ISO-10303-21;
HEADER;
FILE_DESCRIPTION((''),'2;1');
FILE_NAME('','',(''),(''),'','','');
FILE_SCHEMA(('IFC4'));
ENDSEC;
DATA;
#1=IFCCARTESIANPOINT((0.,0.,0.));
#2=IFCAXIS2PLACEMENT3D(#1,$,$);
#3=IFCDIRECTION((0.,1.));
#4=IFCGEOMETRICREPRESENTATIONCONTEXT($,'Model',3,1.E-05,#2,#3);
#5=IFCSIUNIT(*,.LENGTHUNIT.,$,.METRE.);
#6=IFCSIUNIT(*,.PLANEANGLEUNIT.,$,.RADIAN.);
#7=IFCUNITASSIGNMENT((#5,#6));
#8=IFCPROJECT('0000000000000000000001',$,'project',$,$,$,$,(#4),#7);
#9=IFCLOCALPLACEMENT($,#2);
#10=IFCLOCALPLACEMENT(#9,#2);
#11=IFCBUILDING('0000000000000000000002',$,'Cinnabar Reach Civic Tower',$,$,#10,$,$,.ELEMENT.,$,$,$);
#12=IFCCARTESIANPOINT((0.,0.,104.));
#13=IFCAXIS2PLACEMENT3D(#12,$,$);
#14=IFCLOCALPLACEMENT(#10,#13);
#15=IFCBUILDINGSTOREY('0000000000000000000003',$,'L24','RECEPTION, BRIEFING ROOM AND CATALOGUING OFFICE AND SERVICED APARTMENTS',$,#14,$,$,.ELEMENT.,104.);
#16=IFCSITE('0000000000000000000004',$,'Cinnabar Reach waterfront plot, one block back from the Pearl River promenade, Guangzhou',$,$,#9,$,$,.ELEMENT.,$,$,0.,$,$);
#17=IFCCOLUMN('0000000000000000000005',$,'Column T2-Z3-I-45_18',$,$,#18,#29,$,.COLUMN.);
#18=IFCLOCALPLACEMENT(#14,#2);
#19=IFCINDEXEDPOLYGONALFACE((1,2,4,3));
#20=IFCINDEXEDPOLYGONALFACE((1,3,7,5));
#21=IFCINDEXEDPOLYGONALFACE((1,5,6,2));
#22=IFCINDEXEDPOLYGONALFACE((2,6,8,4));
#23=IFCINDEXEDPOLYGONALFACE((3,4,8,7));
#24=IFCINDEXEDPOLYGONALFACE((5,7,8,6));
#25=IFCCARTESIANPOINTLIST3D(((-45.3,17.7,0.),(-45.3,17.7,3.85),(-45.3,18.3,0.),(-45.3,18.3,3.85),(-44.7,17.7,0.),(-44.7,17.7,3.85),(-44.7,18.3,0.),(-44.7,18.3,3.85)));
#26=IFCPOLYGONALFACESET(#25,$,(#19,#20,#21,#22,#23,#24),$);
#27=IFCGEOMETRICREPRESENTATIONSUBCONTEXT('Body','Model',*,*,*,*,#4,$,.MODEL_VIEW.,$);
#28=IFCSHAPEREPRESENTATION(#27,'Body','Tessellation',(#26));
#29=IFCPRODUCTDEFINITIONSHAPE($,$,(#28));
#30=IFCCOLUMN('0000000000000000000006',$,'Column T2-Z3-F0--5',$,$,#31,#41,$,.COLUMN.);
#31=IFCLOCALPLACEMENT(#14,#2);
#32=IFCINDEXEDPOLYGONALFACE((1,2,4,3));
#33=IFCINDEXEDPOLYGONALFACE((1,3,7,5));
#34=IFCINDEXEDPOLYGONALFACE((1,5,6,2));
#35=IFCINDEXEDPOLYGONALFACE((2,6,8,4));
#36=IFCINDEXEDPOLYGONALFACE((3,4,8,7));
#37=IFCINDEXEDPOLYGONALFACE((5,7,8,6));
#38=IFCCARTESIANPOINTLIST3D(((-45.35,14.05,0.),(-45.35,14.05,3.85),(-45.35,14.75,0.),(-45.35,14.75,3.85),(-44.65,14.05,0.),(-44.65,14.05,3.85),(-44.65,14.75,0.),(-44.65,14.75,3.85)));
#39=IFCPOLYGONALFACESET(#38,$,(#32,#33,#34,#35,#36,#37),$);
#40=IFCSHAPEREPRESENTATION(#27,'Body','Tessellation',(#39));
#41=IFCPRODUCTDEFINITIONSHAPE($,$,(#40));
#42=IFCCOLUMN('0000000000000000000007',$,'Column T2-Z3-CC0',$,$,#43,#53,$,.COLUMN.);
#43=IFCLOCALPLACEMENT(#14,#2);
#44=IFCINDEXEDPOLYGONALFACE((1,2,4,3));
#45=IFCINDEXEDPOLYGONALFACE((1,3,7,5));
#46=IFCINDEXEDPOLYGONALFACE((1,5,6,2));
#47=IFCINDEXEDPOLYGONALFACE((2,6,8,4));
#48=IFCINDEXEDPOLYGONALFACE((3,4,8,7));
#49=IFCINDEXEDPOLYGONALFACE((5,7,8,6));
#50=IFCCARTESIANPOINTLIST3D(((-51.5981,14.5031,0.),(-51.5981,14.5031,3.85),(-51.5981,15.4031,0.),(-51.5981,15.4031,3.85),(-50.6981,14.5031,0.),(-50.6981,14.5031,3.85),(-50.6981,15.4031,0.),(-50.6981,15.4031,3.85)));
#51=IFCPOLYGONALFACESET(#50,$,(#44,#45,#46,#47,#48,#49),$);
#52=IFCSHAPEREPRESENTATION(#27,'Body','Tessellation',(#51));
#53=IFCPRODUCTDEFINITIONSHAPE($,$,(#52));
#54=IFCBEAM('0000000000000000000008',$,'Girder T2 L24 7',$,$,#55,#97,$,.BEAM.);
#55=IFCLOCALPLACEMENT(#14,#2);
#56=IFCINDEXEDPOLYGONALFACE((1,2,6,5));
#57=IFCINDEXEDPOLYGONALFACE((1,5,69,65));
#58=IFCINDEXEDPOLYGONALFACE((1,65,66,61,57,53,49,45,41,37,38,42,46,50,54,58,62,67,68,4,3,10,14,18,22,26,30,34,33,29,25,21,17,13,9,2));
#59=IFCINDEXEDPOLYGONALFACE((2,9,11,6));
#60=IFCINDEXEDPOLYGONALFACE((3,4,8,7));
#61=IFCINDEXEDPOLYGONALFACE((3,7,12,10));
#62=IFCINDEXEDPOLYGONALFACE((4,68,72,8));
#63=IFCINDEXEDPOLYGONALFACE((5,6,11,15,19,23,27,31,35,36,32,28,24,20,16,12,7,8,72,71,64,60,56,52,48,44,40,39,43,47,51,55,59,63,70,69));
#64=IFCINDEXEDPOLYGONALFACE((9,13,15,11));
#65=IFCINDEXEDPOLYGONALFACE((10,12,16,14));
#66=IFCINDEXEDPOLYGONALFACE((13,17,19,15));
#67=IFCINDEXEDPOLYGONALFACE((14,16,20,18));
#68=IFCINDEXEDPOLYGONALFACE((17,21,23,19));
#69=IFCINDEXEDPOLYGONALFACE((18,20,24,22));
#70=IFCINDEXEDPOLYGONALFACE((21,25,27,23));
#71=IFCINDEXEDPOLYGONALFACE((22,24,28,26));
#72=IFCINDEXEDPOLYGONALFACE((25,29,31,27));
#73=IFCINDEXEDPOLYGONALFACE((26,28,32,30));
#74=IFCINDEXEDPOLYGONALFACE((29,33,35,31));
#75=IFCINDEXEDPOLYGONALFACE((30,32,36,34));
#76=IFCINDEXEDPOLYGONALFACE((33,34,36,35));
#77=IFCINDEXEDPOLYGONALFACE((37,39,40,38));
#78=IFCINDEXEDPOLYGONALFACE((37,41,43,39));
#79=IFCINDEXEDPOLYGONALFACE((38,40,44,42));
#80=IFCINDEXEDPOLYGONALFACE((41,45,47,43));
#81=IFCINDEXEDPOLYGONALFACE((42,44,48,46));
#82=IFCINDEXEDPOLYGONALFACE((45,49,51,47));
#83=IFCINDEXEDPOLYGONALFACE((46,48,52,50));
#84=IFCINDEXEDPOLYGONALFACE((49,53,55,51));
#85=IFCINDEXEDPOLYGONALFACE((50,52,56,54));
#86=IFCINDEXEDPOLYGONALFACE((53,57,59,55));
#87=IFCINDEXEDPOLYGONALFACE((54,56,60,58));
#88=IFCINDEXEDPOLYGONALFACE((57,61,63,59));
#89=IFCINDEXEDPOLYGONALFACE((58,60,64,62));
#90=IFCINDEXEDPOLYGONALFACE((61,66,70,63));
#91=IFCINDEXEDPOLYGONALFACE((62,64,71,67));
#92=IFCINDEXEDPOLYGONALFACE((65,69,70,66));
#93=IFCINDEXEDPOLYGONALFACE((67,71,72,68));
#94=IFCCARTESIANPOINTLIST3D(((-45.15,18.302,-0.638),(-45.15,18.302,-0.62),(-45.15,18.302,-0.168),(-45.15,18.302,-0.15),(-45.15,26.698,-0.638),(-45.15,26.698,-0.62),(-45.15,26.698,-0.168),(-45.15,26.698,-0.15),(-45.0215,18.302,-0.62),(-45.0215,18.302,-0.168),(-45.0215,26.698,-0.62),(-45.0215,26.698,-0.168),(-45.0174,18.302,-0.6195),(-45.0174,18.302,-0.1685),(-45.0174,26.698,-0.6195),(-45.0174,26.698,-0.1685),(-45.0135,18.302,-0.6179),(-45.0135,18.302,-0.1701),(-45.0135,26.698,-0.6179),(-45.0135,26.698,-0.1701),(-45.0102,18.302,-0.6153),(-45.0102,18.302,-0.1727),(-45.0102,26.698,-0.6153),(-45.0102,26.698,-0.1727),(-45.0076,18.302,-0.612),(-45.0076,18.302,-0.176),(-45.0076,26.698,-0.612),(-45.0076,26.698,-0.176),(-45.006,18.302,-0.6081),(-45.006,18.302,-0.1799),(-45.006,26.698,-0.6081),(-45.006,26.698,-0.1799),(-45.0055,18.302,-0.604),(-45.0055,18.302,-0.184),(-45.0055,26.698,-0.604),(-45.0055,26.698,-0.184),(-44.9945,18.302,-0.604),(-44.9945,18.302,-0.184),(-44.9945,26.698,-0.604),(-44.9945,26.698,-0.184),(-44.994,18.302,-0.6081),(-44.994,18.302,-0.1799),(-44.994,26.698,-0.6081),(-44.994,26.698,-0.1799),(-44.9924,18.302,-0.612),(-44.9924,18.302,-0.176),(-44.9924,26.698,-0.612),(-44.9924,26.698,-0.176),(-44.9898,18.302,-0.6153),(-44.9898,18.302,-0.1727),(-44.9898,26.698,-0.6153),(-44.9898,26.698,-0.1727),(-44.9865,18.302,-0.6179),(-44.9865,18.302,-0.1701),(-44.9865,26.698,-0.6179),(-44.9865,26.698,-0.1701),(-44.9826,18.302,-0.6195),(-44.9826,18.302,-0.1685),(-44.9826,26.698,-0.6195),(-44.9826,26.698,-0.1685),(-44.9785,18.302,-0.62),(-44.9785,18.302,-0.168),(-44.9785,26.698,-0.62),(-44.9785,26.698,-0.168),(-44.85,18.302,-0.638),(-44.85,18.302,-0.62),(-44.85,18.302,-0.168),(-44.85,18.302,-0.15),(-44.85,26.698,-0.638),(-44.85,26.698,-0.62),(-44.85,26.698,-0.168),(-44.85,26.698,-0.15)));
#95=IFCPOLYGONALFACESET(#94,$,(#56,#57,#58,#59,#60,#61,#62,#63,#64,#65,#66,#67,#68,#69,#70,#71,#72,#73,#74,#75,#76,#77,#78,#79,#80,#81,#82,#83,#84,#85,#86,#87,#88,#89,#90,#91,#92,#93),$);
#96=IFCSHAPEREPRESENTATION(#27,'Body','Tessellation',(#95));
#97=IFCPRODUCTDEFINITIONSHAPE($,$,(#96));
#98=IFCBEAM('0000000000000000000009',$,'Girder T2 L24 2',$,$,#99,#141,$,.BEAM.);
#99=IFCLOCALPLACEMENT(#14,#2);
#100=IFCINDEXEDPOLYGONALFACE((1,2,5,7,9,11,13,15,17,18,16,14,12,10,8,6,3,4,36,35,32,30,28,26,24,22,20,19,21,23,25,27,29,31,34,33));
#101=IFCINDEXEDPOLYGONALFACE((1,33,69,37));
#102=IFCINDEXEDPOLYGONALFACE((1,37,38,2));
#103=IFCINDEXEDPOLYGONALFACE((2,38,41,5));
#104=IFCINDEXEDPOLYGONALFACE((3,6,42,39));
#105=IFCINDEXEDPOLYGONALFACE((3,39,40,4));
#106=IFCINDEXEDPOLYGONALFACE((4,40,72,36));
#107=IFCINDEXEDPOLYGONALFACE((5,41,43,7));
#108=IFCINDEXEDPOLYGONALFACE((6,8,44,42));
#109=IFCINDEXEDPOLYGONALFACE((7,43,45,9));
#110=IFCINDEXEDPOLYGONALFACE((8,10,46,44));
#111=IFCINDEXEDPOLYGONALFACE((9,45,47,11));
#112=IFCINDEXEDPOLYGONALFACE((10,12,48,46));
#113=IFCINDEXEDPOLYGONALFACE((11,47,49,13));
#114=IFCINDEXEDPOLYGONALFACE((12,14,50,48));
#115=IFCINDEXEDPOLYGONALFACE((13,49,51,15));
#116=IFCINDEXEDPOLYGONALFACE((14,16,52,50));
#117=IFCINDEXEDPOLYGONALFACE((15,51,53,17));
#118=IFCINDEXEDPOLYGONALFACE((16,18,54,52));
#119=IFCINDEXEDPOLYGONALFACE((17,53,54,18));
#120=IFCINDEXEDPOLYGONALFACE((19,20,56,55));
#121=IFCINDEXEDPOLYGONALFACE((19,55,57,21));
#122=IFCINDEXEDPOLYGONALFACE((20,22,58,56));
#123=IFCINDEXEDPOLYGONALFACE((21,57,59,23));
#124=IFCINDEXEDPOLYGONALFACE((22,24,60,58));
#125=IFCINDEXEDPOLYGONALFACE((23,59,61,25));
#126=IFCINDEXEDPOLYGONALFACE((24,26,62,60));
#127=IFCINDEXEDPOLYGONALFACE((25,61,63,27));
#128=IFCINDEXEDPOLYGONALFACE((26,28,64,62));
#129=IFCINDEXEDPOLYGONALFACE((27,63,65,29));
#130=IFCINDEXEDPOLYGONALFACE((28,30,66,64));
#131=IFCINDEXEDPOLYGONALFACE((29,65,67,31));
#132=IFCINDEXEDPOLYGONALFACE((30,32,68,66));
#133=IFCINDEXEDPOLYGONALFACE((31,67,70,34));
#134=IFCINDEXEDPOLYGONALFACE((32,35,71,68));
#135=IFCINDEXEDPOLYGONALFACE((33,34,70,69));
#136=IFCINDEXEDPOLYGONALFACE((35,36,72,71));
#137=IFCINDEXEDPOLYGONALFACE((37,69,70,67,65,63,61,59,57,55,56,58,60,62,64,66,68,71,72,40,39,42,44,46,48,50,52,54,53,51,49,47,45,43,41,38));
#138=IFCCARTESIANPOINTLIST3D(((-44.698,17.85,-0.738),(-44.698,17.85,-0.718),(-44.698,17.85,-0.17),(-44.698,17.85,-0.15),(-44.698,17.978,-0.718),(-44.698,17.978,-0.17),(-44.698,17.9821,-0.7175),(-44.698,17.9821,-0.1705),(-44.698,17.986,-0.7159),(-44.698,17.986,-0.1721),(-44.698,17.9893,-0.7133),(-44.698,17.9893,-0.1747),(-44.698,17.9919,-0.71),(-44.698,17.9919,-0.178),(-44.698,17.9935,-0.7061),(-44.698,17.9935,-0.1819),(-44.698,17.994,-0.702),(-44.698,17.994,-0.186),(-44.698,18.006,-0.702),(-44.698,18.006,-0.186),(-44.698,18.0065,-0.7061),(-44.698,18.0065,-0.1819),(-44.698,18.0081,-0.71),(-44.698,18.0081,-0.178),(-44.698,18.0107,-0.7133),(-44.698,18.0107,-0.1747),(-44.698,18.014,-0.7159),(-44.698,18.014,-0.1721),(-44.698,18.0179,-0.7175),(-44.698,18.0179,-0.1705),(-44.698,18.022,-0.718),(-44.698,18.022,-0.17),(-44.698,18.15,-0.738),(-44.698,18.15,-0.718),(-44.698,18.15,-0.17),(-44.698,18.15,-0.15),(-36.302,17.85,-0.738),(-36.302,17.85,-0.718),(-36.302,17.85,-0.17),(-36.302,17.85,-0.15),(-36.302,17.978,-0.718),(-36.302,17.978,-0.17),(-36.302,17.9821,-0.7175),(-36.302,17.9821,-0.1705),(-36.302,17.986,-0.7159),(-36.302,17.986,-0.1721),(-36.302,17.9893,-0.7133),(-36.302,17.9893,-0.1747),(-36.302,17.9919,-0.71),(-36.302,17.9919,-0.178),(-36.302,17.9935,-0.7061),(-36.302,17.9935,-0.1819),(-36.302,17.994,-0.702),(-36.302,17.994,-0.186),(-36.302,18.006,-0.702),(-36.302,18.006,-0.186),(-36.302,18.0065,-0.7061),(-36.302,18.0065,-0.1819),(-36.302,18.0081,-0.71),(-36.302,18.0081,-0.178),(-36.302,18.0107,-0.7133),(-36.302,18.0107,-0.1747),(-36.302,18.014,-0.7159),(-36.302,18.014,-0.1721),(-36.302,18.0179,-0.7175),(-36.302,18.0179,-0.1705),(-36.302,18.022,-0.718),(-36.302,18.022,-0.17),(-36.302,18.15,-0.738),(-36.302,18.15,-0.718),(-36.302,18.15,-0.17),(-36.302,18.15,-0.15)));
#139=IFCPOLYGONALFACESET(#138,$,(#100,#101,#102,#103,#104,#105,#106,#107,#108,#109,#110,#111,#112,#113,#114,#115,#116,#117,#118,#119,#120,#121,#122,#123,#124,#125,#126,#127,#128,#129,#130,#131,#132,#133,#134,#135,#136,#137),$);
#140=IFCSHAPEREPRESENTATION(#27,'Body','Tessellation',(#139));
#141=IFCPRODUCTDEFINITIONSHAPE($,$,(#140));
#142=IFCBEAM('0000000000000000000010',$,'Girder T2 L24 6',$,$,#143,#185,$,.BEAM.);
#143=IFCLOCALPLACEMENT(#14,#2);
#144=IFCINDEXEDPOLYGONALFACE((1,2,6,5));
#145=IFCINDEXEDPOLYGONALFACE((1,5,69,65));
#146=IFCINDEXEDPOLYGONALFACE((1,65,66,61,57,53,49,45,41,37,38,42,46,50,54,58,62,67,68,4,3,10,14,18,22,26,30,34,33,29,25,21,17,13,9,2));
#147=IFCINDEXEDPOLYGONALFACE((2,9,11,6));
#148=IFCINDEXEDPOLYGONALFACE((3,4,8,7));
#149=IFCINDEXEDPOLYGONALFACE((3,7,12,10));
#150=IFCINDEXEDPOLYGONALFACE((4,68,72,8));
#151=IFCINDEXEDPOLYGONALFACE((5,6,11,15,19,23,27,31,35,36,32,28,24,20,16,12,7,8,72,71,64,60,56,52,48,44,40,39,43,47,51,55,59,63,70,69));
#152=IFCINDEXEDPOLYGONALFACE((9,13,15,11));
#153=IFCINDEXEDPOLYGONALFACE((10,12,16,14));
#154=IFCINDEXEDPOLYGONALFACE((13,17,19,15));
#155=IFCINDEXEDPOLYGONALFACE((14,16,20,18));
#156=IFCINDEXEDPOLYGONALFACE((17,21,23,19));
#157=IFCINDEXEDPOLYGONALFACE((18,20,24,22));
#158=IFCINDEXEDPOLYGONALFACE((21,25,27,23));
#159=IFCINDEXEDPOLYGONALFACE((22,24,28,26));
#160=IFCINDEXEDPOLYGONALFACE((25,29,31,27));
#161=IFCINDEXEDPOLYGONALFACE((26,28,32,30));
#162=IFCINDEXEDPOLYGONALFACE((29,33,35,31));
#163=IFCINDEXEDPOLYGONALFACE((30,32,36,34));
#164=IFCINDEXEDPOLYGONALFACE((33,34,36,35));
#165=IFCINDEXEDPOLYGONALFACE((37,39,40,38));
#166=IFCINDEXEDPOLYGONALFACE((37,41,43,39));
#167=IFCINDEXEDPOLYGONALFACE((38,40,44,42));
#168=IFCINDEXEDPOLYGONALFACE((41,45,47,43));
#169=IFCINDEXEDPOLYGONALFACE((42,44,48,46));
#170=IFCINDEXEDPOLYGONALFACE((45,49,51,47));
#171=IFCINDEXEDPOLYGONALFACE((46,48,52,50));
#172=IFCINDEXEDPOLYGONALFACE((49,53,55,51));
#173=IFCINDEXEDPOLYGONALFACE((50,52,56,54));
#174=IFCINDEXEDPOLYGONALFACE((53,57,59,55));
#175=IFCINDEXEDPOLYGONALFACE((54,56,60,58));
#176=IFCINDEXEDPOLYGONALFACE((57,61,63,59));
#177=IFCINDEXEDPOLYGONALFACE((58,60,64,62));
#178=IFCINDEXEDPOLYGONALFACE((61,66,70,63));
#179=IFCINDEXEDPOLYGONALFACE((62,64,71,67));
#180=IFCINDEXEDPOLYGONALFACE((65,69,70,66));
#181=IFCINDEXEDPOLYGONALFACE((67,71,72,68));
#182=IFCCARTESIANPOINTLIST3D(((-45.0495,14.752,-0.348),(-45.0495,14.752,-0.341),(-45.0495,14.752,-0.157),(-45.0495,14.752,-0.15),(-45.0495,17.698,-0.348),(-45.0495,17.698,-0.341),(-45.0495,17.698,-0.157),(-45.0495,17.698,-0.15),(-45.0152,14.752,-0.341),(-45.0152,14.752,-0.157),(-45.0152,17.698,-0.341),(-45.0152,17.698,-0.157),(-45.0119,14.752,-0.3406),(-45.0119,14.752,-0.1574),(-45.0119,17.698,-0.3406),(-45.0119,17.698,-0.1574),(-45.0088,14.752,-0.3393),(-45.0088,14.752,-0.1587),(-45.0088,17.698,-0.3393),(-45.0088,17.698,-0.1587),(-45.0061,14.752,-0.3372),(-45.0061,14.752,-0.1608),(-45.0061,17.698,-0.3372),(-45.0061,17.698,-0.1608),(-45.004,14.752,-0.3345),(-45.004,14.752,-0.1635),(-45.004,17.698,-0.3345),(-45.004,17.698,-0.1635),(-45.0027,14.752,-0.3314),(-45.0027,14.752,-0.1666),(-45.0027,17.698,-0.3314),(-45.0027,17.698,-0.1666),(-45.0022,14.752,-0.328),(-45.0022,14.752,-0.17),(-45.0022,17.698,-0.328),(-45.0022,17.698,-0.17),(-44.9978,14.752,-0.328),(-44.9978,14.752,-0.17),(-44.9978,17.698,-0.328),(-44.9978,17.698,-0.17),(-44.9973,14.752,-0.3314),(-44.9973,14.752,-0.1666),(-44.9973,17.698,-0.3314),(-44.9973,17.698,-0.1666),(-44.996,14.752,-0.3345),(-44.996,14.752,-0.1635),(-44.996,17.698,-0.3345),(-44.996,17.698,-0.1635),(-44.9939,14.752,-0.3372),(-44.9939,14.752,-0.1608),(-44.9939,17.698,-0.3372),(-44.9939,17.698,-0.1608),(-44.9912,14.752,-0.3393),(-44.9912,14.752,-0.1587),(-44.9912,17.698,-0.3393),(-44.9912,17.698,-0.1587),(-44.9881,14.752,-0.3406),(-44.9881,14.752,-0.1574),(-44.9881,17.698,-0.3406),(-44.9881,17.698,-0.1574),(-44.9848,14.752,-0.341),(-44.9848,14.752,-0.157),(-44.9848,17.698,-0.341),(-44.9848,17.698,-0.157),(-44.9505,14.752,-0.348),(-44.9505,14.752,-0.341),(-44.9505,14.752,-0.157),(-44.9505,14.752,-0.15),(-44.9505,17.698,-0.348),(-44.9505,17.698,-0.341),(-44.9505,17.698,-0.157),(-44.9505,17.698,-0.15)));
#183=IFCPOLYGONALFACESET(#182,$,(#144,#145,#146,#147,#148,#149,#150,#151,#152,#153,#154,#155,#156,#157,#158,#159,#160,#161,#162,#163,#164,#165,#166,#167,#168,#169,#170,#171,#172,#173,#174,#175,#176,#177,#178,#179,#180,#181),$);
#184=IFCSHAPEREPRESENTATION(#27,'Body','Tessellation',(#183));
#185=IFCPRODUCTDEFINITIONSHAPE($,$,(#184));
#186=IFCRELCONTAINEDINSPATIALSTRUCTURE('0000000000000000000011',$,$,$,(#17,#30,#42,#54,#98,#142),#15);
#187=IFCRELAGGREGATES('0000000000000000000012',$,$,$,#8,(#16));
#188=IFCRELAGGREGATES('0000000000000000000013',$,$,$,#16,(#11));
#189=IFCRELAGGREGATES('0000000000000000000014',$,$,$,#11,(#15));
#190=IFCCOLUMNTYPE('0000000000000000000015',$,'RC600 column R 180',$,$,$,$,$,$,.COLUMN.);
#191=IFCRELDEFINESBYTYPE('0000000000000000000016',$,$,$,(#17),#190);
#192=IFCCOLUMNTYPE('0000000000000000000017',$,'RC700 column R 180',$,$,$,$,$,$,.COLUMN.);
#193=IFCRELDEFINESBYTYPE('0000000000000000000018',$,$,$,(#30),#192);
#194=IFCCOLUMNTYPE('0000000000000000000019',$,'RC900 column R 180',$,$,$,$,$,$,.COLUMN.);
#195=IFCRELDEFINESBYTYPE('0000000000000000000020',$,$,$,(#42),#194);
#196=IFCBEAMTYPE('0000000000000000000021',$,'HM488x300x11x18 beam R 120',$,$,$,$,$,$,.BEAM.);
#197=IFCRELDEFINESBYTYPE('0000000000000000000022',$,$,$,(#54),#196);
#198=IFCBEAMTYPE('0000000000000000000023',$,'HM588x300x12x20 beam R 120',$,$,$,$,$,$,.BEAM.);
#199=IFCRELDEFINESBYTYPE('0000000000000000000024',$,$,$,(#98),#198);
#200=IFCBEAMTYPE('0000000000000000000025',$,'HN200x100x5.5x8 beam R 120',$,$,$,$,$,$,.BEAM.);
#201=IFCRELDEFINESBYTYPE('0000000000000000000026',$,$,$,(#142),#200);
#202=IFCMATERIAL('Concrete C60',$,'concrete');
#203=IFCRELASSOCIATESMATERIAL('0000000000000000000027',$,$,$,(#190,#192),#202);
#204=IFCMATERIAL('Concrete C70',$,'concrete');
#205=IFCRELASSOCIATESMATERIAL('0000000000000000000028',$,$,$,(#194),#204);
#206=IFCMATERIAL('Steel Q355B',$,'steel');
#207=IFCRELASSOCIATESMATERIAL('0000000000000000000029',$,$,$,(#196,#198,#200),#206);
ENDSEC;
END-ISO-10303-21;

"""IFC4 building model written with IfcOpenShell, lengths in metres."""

from ifc_helpers import new_model, si_unit, direction, frame, origin, origin_2d, place, context, subcontext, project, spatial, rectangle, i_section, extrude, material, material_profile, profile_set, type_object, element, save


model = new_model("IFC4")

# Units and contexts
model_context = context("Model", 3, precision=1e-05, world=origin(), true_north=direction((0.0, 1.0)))
body_context = subcontext(model_context, "Body", "Model", "MODEL_VIEW")
ifc_project = project(units=[si_unit("LENGTHUNIT", "METRE"), si_unit("PLANEANGLEUNIT", "RADIAN")], contexts=[model_context])

# Site, building, storey
site_placement = place(None, origin())
site = spatial("IfcSite", under=ifc_project, at=site_placement, Name="Cinnabar Reach waterfront plot, one block back from the Pearl River promenade, Guangzhou", CompositionType="ELEMENT", RefElevation=0.0)
building_placement = place(site_placement, origin())
building = spatial("IfcBuilding", under=site, at=building_placement, Name="Cinnabar Reach Civic Tower", CompositionType="ELEMENT")
storey_placement = place(building_placement, frame((0.0, 0.0, 104.0)))
storey = spatial("IfcBuildingStorey", under=building, at=storey_placement, Name="L24", Description="RECEPTION, BRIEFING ROOM AND CATALOGUING OFFICE AND SERVICED APARTMENTS", CompositionType="ELEMENT", Elevation=104.0)

# Columns
ifc_material_1 = material(Name="Concrete C60", Category="concrete")
ifc_material_profile_1 = material_profile(ifc_material_1, rectangle(XDim=0.6, YDim=0.6, at=origin_2d()), Name="RC600")
ifc_profile_set_1 = profile_set([ifc_material_profile_1], Name="Concrete C60")
column_type_1 = type_object("IfcColumnType", Name="RC600 column R 180", PredefinedType="COLUMN", material=ifc_profile_set_1)
column_1_placement = place(storey_placement, frame((-45.0, 18.0, 0.0), z_axis=(0.0, 0.0, 1.0), x_axis=(1.0, 0.0, 0.0)))
element("IfcColumn", 1, at=column_1_placement, inside=storey, type_object=column_type_1, Name="Column T2-Z3-I-45_18", PredefinedType="COLUMN", context=body_context, shape_type="SweptSolid", body=[
    extrude(rectangle(XDim=0.6, YDim=0.6, at=origin_2d()), origin(), (0.0, 0.0, 1.0), 3.85),
])
ifc_material_profile_2 = material_profile(ifc_material_1, rectangle(XDim=0.7, YDim=0.7, at=origin_2d()), Name="RC700")
ifc_profile_set_2 = profile_set([ifc_material_profile_2], Name="Concrete C60")
column_type_2 = type_object("IfcColumnType", Name="RC700 column R 180", PredefinedType="COLUMN", material=ifc_profile_set_2)
column_2_placement = place(storey_placement, frame((-45.0, 14.4, 0.0), z_axis=(0.0, 0.0, 1.0), x_axis=(1.0, 0.0, 0.0)))
element("IfcColumn", 2, at=column_2_placement, inside=storey, type_object=column_type_2, Name="Column T2-Z3-F0--5", PredefinedType="COLUMN", context=body_context, shape_type="SweptSolid", body=[
    extrude(rectangle(XDim=0.7, YDim=0.7, at=origin_2d()), origin(), (0.0, 0.0, 1.0), 3.85),
])
ifc_material_2 = material(Name="Concrete C70", Category="concrete")
ifc_material_profile_3 = material_profile(ifc_material_2, rectangle(XDim=0.9, YDim=0.9, at=origin_2d()), Name="RC900")
ifc_profile_set_3 = profile_set([ifc_material_profile_3], Name="Concrete C70")
column_type_3 = type_object("IfcColumnType", Name="RC900 column R 180", PredefinedType="COLUMN", material=ifc_profile_set_3)
column_3_placement = place(storey_placement, frame((-51.1481, 14.9531, 0.0), z_axis=(0.0, 0.0, 1.0), x_axis=(1.0, 0.0, 0.0)))
element("IfcColumn", 3, at=column_3_placement, inside=storey, type_object=column_type_3, Name="Column T2-Z3-CC0", PredefinedType="COLUMN", context=body_context, shape_type="SweptSolid", body=[
    extrude(rectangle(XDim=0.9, YDim=0.9, at=origin_2d()), origin(), (0.0, 0.0, 1.0), 3.85),
])

# Beams
ifc_material_3 = material(Name="Steel Q355B", Category="steel")
ifc_material_profile_4 = material_profile(ifc_material_3, i_section(OverallWidth=0.3, OverallDepth=0.488, WebThickness=0.011, FlangeThickness=0.018, FilletRadius=0.016, at=origin_2d()), Name="HM488x300x11x18")
ifc_profile_set_4 = profile_set([ifc_material_profile_4], Name="Steel Q355B")
beam_type_1 = type_object("IfcBeamType", Name="HM488x300x11x18 beam R 120", PredefinedType="BEAM", material=ifc_profile_set_4)
beam_1_placement = place(storey_placement, frame((-45.0, 18.302, -0.394), z_axis=(0.0, 1.0, 0.0), x_axis=(-1.0, 0.0, 0.0)))
element("IfcBeam", 4, at=beam_1_placement, inside=storey, type_object=beam_type_1, Name="Girder T2 L24 7", PredefinedType="BEAM", context=body_context, shape_type="SweptSolid", body=[
    extrude(i_section(OverallWidth=0.3, OverallDepth=0.488, WebThickness=0.011, FlangeThickness=0.018, FilletRadius=0.016, at=origin_2d()), origin(), (0.0, 0.0, 1.0), 8.396),
])
ifc_material_profile_5 = material_profile(ifc_material_3, i_section(OverallWidth=0.3, OverallDepth=0.588, WebThickness=0.012, FlangeThickness=0.02, FilletRadius=0.016, at=origin_2d()), Name="HM588x300x12x20")
ifc_profile_set_5 = profile_set([ifc_material_profile_5], Name="Steel Q355B")
beam_type_2 = type_object("IfcBeamType", Name="HM588x300x12x20 beam R 120", PredefinedType="BEAM", material=ifc_profile_set_5)
beam_2_placement = place(storey_placement, frame((-44.698, 18.0, -0.444), z_axis=(1.0, 0.0, 0.0), x_axis=(0.0, 1.0, 0.0)))
element("IfcBeam", 5, at=beam_2_placement, inside=storey, type_object=beam_type_2, Name="Girder T2 L24 2", PredefinedType="BEAM", context=body_context, shape_type="SweptSolid", body=[
    extrude(i_section(OverallWidth=0.3, OverallDepth=0.588, WebThickness=0.012, FlangeThickness=0.02, FilletRadius=0.016, at=origin_2d()), origin(), (0.0, 0.0, 1.0), 8.396),
])
ifc_material_profile_6 = material_profile(ifc_material_3, i_section(OverallWidth=0.099, OverallDepth=0.198, WebThickness=0.0045, FlangeThickness=0.007, FilletRadius=0.013, at=origin_2d()), Name="HN200x100x5.5x8")
ifc_profile_set_6 = profile_set([ifc_material_profile_6], Name="Steel Q355B")
beam_type_3 = type_object("IfcBeamType", Name="HN200x100x5.5x8 beam R 120", PredefinedType="BEAM", material=ifc_profile_set_6)
beam_3_placement = place(storey_placement, frame((-45.0, 14.752, -0.249), z_axis=(0.0, 1.0, 0.0), x_axis=(-1.0, 0.0, 0.0)))
element("IfcBeam", 6, at=beam_3_placement, inside=storey, type_object=beam_type_3, Name="Girder T2 L24 6", PredefinedType="BEAM", context=body_context, shape_type="SweptSolid", body=[
    extrude(i_section(OverallWidth=0.099, OverallDepth=0.198, WebThickness=0.0045, FlangeThickness=0.007, FilletRadius=0.013, at=origin_2d()), origin(), (0.0, 0.0, 1.0), 2.946),
])

save(model, "model.ifc")
